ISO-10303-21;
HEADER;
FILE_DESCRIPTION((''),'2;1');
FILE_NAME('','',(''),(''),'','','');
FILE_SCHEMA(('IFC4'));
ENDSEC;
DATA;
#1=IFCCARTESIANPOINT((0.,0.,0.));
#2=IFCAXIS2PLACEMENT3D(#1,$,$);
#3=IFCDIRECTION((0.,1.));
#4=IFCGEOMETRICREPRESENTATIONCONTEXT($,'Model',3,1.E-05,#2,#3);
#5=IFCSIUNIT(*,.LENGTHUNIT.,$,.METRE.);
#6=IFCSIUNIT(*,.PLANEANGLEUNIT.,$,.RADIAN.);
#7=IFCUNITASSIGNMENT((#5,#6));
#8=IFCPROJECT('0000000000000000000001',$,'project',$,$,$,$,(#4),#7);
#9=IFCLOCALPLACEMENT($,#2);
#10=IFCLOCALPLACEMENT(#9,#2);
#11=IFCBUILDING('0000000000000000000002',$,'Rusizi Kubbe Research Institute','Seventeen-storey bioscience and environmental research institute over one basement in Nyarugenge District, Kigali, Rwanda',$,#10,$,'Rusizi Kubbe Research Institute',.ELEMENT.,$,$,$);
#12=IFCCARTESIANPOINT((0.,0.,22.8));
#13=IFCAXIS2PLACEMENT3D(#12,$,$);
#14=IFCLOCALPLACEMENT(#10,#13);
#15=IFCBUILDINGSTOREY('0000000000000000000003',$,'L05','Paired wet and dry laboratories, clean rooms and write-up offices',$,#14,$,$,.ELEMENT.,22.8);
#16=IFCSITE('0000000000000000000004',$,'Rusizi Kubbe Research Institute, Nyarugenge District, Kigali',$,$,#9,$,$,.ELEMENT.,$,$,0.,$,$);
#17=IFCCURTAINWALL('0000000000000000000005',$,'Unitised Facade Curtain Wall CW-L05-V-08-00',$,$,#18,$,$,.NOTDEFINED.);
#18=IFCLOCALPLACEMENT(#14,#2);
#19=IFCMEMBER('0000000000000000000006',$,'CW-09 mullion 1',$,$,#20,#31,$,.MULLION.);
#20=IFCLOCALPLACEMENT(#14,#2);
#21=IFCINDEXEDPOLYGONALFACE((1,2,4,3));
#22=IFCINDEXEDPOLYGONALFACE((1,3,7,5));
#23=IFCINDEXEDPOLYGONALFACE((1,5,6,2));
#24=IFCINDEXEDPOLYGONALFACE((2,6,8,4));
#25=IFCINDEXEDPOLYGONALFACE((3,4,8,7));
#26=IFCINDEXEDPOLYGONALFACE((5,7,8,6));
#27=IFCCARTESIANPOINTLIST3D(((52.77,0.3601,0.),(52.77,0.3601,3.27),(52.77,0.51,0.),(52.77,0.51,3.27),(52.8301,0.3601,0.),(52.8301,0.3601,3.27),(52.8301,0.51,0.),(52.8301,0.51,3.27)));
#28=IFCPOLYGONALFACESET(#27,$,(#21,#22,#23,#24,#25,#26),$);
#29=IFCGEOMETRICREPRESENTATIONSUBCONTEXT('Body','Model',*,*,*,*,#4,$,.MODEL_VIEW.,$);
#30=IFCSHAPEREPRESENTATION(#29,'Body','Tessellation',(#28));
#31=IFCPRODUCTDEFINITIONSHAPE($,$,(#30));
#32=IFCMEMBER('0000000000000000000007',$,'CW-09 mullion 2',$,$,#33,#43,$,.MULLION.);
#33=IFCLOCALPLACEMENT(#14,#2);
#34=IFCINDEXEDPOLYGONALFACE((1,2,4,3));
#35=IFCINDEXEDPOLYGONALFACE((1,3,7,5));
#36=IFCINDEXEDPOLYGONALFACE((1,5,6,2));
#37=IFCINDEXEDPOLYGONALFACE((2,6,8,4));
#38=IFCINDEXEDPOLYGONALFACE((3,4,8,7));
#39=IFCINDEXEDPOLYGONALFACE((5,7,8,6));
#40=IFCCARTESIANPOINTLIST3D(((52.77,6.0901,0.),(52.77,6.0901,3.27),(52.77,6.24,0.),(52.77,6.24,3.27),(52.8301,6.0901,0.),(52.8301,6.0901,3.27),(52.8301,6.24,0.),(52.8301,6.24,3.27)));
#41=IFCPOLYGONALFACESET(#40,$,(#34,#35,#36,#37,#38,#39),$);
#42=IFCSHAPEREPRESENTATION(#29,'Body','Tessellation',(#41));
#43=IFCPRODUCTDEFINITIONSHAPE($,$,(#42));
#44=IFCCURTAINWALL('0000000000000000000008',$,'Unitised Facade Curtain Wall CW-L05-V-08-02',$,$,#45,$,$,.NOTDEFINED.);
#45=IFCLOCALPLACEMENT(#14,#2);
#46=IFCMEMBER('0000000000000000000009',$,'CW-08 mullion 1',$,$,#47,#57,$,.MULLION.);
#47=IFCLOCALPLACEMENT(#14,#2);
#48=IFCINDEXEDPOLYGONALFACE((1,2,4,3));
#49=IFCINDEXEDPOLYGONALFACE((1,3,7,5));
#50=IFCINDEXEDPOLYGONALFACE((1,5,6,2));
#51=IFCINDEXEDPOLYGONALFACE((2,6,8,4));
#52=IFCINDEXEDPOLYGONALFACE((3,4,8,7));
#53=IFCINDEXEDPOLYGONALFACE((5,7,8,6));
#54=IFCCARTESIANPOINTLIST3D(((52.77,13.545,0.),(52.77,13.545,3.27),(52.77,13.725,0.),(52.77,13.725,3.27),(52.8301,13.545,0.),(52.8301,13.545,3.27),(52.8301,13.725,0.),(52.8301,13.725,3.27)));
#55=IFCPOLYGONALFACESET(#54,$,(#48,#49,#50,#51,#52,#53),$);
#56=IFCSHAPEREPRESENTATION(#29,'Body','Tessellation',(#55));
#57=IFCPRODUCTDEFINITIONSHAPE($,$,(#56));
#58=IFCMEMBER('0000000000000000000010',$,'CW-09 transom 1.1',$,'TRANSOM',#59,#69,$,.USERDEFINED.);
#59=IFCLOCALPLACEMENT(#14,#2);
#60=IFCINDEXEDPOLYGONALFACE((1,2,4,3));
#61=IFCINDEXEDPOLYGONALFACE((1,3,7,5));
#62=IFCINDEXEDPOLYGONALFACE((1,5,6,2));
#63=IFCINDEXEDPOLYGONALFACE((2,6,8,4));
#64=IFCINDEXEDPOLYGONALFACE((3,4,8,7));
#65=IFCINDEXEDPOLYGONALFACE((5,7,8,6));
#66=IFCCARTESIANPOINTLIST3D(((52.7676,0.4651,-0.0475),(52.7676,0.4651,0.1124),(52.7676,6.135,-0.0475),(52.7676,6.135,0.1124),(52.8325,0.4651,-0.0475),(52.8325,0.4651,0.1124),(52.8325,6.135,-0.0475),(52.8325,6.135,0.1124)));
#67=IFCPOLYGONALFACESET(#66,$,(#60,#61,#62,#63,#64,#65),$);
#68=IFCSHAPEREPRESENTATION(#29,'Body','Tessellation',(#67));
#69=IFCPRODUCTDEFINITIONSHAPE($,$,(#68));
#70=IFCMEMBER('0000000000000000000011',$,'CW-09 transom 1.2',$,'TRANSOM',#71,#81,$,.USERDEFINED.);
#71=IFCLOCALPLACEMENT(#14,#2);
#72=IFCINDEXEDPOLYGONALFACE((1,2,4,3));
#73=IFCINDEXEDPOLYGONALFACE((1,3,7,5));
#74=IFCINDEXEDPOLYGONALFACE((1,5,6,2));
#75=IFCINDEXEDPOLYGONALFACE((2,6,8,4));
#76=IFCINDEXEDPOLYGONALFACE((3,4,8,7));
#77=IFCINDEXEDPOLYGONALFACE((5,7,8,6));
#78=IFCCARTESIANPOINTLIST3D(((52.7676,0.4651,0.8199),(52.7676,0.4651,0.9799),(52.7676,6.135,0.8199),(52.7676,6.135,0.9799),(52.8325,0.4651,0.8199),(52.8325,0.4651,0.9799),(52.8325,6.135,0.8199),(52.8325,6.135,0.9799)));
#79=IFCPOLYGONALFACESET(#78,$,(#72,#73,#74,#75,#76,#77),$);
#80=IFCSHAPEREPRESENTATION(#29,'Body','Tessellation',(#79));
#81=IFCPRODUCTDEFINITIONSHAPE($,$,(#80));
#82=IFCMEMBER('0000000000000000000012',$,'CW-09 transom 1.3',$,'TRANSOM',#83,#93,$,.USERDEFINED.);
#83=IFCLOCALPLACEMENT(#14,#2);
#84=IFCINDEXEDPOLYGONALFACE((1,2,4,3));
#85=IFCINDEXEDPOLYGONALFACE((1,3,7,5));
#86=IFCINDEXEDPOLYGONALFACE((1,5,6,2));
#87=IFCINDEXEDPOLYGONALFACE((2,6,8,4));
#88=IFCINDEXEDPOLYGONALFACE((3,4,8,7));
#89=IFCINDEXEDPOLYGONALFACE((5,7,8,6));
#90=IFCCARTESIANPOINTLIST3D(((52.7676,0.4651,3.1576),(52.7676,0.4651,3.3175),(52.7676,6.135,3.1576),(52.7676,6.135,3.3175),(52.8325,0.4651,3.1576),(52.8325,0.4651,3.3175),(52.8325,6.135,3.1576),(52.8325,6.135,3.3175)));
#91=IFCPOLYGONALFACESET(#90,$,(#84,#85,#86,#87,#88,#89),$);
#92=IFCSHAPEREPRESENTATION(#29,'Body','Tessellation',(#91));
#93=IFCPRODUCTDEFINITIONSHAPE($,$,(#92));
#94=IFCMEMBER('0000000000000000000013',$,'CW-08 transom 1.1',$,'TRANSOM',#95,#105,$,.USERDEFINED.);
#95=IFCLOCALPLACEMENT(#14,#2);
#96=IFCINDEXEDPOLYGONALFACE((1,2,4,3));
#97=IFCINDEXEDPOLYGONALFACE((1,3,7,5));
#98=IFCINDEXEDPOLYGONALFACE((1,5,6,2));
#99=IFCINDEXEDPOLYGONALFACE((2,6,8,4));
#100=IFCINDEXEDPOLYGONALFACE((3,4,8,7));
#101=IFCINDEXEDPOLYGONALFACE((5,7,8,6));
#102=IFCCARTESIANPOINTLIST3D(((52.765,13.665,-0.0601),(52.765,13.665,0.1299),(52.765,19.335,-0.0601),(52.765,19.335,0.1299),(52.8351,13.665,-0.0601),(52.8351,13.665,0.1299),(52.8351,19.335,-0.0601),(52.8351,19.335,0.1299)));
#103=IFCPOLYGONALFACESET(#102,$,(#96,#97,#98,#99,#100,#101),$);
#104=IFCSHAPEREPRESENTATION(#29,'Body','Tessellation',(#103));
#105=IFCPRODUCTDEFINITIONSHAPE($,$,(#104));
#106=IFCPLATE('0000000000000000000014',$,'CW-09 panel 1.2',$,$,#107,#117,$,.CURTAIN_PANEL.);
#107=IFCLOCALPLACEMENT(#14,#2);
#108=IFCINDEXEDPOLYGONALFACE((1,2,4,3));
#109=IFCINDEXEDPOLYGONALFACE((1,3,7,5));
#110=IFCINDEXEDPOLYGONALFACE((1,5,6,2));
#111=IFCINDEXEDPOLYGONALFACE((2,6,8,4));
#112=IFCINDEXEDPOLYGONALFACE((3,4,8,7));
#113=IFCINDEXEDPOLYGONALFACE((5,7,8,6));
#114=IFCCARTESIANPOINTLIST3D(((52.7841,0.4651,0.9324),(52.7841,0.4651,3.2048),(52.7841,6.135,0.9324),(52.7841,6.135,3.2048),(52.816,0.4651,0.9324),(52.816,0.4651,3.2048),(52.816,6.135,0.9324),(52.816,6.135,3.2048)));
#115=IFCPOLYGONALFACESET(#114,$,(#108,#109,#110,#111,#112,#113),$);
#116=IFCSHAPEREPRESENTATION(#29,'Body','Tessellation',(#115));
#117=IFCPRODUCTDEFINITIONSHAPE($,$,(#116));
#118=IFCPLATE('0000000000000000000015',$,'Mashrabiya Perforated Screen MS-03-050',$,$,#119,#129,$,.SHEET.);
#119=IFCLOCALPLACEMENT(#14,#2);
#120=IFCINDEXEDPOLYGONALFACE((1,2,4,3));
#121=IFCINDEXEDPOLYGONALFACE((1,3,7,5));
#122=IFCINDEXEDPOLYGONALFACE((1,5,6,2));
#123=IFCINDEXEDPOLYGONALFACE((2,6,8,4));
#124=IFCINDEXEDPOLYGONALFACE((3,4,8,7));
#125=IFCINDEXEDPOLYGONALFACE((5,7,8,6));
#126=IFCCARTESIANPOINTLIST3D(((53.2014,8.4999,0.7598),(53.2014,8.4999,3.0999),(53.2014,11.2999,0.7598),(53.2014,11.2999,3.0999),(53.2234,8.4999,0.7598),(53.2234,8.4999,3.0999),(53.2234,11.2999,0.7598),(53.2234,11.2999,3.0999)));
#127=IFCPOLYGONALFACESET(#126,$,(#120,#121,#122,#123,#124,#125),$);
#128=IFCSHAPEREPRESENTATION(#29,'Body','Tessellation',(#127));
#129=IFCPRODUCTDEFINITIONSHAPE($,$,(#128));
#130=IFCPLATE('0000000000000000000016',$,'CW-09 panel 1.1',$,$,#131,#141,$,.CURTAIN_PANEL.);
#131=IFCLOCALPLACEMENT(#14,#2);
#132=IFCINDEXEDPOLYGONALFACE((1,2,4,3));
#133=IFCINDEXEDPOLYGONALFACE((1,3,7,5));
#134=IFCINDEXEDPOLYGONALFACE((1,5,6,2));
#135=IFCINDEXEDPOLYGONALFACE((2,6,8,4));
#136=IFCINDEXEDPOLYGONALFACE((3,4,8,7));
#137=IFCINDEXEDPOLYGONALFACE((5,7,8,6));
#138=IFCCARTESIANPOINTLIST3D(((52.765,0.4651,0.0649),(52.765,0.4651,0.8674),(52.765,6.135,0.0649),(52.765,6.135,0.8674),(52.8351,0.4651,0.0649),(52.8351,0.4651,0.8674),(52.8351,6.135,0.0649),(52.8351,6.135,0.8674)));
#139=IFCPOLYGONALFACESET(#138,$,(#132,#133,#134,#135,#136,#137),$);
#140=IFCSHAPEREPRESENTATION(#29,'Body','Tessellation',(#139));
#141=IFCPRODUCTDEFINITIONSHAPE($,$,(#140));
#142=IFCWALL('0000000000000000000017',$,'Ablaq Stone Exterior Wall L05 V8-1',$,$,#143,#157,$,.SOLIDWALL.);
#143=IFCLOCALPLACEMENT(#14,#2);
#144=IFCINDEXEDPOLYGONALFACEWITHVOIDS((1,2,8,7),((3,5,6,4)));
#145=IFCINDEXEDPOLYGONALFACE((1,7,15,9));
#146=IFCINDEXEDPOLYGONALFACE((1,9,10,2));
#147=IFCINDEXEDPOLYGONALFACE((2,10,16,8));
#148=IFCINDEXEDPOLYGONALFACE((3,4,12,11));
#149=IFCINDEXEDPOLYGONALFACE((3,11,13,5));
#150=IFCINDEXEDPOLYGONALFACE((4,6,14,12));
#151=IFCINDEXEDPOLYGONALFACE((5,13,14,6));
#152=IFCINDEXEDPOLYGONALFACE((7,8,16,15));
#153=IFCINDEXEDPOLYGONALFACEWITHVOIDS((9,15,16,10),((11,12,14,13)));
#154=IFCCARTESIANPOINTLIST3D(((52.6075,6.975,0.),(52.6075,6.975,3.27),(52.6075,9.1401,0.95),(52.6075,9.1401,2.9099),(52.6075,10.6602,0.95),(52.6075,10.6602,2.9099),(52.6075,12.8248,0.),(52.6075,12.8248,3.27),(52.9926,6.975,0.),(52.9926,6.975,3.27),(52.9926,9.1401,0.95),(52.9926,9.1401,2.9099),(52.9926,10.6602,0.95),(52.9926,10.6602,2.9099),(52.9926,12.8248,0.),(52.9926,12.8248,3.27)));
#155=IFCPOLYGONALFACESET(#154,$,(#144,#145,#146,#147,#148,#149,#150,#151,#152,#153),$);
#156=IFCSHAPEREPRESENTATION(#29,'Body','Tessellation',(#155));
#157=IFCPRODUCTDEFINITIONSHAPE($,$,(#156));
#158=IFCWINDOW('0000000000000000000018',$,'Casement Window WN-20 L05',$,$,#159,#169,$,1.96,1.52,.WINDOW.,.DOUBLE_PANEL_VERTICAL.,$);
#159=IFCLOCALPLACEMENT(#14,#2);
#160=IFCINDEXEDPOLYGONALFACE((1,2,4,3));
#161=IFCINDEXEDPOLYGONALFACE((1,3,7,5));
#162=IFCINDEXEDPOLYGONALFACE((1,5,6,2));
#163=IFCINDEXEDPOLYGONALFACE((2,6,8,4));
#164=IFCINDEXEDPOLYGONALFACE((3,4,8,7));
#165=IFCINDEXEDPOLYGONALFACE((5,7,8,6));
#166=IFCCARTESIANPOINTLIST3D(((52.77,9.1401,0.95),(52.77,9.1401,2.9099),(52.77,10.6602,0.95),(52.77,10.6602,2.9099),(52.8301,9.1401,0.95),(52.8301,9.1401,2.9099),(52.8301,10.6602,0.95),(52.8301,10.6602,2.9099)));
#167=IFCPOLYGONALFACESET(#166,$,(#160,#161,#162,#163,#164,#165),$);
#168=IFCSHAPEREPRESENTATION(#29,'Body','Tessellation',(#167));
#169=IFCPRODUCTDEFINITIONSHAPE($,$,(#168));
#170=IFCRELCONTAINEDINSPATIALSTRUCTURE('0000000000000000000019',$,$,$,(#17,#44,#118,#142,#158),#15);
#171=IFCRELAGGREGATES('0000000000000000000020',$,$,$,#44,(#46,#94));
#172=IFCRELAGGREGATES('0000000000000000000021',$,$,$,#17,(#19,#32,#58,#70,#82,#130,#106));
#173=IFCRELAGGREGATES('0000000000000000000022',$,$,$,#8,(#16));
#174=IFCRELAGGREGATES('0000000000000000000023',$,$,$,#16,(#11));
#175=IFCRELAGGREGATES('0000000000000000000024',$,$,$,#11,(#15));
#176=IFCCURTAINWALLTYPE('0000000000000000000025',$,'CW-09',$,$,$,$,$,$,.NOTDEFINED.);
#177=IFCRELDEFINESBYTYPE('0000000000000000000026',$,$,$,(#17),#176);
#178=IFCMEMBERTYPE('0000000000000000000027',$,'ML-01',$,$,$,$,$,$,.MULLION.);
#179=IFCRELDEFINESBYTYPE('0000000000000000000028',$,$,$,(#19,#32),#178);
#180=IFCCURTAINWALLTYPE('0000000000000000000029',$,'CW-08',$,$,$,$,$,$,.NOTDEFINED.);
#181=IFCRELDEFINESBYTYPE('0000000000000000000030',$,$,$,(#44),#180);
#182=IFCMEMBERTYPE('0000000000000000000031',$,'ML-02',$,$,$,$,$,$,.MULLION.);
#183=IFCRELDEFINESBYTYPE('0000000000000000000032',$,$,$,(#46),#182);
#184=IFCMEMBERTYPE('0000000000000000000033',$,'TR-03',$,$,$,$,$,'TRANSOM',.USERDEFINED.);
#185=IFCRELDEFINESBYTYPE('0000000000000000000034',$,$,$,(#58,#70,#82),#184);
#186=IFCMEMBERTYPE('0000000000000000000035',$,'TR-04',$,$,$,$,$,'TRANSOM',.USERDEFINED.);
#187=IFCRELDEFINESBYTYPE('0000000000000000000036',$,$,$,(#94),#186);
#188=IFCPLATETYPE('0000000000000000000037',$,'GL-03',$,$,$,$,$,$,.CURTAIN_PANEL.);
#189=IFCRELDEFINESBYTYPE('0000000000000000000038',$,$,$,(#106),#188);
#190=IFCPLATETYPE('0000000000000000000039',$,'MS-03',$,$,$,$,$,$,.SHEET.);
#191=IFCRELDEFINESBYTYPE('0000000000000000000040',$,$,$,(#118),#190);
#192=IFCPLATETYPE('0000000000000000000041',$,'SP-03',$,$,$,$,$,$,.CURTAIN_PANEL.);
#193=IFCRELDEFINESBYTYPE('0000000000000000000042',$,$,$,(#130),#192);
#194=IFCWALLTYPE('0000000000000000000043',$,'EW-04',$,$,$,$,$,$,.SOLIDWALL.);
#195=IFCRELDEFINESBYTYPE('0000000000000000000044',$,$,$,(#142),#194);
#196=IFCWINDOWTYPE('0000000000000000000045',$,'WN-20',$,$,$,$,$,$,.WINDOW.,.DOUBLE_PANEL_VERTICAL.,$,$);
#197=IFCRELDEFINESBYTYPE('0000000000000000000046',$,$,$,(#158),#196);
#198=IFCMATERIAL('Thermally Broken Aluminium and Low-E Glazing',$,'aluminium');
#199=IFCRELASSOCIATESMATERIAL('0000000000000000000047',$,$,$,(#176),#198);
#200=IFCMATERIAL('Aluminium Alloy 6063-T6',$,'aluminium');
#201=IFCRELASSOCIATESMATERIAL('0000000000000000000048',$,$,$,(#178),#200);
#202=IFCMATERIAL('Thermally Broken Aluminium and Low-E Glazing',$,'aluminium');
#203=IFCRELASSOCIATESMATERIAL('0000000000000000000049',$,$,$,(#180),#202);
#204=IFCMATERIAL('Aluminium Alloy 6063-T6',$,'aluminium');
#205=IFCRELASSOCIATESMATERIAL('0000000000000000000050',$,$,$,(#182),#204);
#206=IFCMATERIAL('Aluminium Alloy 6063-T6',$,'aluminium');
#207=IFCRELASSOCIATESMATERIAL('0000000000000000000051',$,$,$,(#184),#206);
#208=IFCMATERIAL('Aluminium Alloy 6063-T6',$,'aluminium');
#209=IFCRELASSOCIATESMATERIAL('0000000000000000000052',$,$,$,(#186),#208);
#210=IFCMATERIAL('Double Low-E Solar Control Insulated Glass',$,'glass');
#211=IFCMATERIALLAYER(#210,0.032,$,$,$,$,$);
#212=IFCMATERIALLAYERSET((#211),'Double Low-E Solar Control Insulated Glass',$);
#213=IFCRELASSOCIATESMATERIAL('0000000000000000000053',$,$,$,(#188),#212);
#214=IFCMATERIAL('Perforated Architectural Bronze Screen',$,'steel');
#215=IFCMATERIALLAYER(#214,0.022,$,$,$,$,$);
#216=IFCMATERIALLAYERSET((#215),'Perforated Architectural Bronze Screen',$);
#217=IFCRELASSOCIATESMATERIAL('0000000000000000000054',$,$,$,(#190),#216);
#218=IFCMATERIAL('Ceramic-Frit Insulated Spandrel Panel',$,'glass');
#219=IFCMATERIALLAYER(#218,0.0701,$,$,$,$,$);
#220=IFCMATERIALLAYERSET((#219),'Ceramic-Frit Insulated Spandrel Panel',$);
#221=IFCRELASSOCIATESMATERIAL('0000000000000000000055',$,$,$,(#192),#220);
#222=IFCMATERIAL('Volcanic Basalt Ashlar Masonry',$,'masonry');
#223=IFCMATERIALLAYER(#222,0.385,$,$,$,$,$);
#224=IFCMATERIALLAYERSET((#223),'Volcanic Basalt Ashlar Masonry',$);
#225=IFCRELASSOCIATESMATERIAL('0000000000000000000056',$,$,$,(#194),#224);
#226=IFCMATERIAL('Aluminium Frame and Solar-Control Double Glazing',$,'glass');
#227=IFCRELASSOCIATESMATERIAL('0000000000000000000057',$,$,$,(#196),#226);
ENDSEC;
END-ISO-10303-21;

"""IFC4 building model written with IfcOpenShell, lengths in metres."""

from ifc_helpers import new_model, si_unit, direction, frame, frame_2d, origin, origin_2d, place, context, subcontext, project, spatial, rectangle, extrude, material, layer, layer_set, material_profile, profile_set, type_object, element, fill, aggregate, save


model = new_model("IFC4")

# Units and contexts
model_context = context("Model", 3, precision=1e-05, world=origin(), true_north=direction((0.0, 1.0)))
body_context = subcontext(model_context, "Body", "Model", "MODEL_VIEW")
ifc_project = project(units=[si_unit("LENGTHUNIT", "METRE"), si_unit("PLANEANGLEUNIT", "RADIAN")], contexts=[model_context])

# Site, building, storey
site_placement = place(None, origin())
site = spatial("IfcSite", under=ifc_project, at=site_placement, Name="Rusizi Kubbe Research Institute, Nyarugenge District, Kigali", CompositionType="ELEMENT", RefElevation=0.0)
building_placement = place(site_placement, origin())
building = spatial("IfcBuilding", under=site, at=building_placement, Name="Rusizi Kubbe Research Institute", Description="Seventeen-storey bioscience and environmental research institute over one basement in Nyarugenge District, Kigali, Rwanda", LongName="Rusizi Kubbe Research Institute", CompositionType="ELEMENT")
storey_placement = place(building_placement, frame((0.0, 0.0, 22.8)))
storey = spatial("IfcBuildingStorey", under=building, at=storey_placement, Name="L05", Description="Paired wet and dry laboratories, clean rooms and write-up offices", CompositionType="ELEMENT", Elevation=22.8)

# Curtain wall, members
ifc_material_1 = material(Name="Thermally Broken Aluminium and Low-E Glazing", Category="aluminium")
curtain_wall_type_1 = type_object("IfcCurtainWallType", Name="CW-09", PredefinedType="NOTDEFINED", material=ifc_material_1)
curtain_wall_1_placement = place(storey_placement, origin())
curtain_wall_1 = element("IfcCurtainWall", 1, at=curtain_wall_1_placement, inside=storey, type_object=curtain_wall_type_1, Name="Unitised Facade Curtain Wall CW-L05-V-08-00", PredefinedType="NOTDEFINED")
ifc_material_2 = material(Name="Aluminium Alloy 6063-T6", Category="aluminium")
ifc_material_profile_1 = material_profile(ifc_material_2, rectangle(XDim=0.0601, YDim=0.1499, at=origin_2d()), Name="ALU-M 60x150")
ifc_profile_set_1 = profile_set([ifc_material_profile_1], Name="Aluminium Alloy 6063-T6")
member_type_1 = type_object("IfcMemberType", Name="ML-01", PredefinedType="MULLION", material=ifc_profile_set_1)
member_1_placement = place(storey_placement, frame((52.8, 0.4351, 0.0), z_axis=(0.0, 0.0, 1.0), x_axis=(-1.0, 0.0, 0.0)))
member_1 = element("IfcMember", 2, at=member_1_placement, type_object=member_type_1, Name="CW-09 mullion 1", PredefinedType="MULLION", context=body_context, shape_type="SweptSolid", body=[
    extrude(rectangle(XDim=0.0601, YDim=0.1499, at=origin_2d()), origin(), (0.0, 0.0, 1.0), 3.27),
])
member_2_placement = place(storey_placement, frame((52.8, 6.165, 0.0), z_axis=(0.0, 0.0, 1.0), x_axis=(-1.0, 0.0, 0.0)))
member_2 = element("IfcMember", 3, at=member_2_placement, type_object=member_type_1, Name="CW-09 mullion 2", PredefinedType="MULLION", context=body_context, shape_type="SweptSolid", body=[
    extrude(rectangle(XDim=0.0601, YDim=0.1499, at=origin_2d()), origin(), (0.0, 0.0, 1.0), 3.27),
])

# Curtain wall, member
ifc_material_3 = material(Name="Thermally Broken Aluminium and Low-E Glazing", Category="aluminium")
curtain_wall_type_2 = type_object("IfcCurtainWallType", Name="CW-08", PredefinedType="NOTDEFINED", material=ifc_material_3)
curtain_wall_2_placement = place(storey_placement, origin())
curtain_wall_2 = element("IfcCurtainWall", 4, at=curtain_wall_2_placement, inside=storey, type_object=curtain_wall_type_2, Name="Unitised Facade Curtain Wall CW-L05-V-08-02", PredefinedType="NOTDEFINED")
ifc_material_4 = material(Name="Aluminium Alloy 6063-T6", Category="aluminium")
ifc_material_profile_2 = material_profile(ifc_material_4, rectangle(XDim=0.0601, YDim=0.1799, at=origin_2d()), Name="ALU-M 60x180")
ifc_profile_set_2 = profile_set([ifc_material_profile_2], Name="Aluminium Alloy 6063-T6")
member_type_2 = type_object("IfcMemberType", Name="ML-02", PredefinedType="MULLION", material=ifc_profile_set_2)
member_3_placement = place(storey_placement, frame((52.8, 13.635, 0.0), z_axis=(0.0, 0.0, 1.0), x_axis=(-1.0, 0.0, 0.0)))
member_3 = element("IfcMember", 5, at=member_3_placement, type_object=member_type_2, Name="CW-08 mullion 1", PredefinedType="MULLION", context=body_context, shape_type="SweptSolid", body=[
    extrude(rectangle(XDim=0.0601, YDim=0.1799, at=origin_2d()), origin(), (0.0, 0.0, 1.0), 3.27),
])

# Members
ifc_material_5 = material(Name="Aluminium Alloy 6063-T6", Category="aluminium")
ifc_material_profile_3 = material_profile(ifc_material_5, rectangle(XDim=0.0649, YDim=0.1599, at=origin_2d()), Name="ALU-T 65x160")
ifc_profile_set_3 = profile_set([ifc_material_profile_3], Name="Aluminium Alloy 6063-T6")
member_type_3 = type_object("IfcMemberType", Name="TR-03", ElementType="TRANSOM", PredefinedType="USERDEFINED", material=ifc_profile_set_3)
member_4_placement = place(storey_placement, frame((52.8, 0.4651, 0.0325), z_axis=(0.0, 1.0, 0.0), x_axis=(-1.0, 0.0, 0.0)))
member_4 = element("IfcMember", 6, at=member_4_placement, type_object=member_type_3, Name="CW-09 transom 1.1", ObjectType="TRANSOM", PredefinedType="USERDEFINED", context=body_context, shape_type="SweptSolid", body=[
    extrude(rectangle(XDim=0.0649, YDim=0.1599, at=origin_2d()), origin(), (0.0, 0.0, 1.0), 5.6699),
])
member_5_placement = place(storey_placement, frame((52.8, 0.4651, 0.8999), z_axis=(0.0, 1.0, 0.0), x_axis=(-1.0, 0.0, 0.0)))
member_5 = element("IfcMember", 7, at=member_5_placement, type_object=member_type_3, Name="CW-09 transom 1.2", ObjectType="TRANSOM", PredefinedType="USERDEFINED", context=body_context, shape_type="SweptSolid", body=[
    extrude(rectangle(XDim=0.0649, YDim=0.1599, at=origin_2d()), origin(), (0.0, 0.0, 1.0), 5.6699),
])
member_6_placement = place(storey_placement, frame((52.8, 0.4651, 3.2375), z_axis=(0.0, 1.0, 0.0), x_axis=(-1.0, 0.0, 0.0)))
member_6 = element("IfcMember", 8, at=member_6_placement, type_object=member_type_3, Name="CW-09 transom 1.3", ObjectType="TRANSOM", PredefinedType="USERDEFINED", context=body_context, shape_type="SweptSolid", body=[
    extrude(rectangle(XDim=0.0649, YDim=0.1599, at=origin_2d()), origin(), (0.0, 0.0, 1.0), 5.6699),
])
ifc_material_6 = material(Name="Aluminium Alloy 6063-T6", Category="aluminium")
ifc_material_profile_4 = material_profile(ifc_material_6, rectangle(XDim=0.0701, YDim=0.1899, at=origin_2d()), Name="ALU-T 70x190")
ifc_profile_set_4 = profile_set([ifc_material_profile_4], Name="Aluminium Alloy 6063-T6")
member_type_4 = type_object("IfcMemberType", Name="TR-04", ElementType="TRANSOM", PredefinedType="USERDEFINED", material=ifc_profile_set_4)
member_7_placement = place(storey_placement, frame((52.8, 13.665, 0.0349), z_axis=(0.0, 1.0, 0.0), x_axis=(-1.0, 0.0, 0.0)))
member_7 = element("IfcMember", 9, at=member_7_placement, type_object=member_type_4, Name="CW-08 transom 1.1", ObjectType="TRANSOM", PredefinedType="USERDEFINED", context=body_context, shape_type="SweptSolid", body=[
    extrude(rectangle(XDim=0.0701, YDim=0.1899, at=origin_2d()), origin(), (0.0, 0.0, 1.0), 5.6699),
])
aggregate(curtain_wall_2, [member_3, member_7])

# Plates
ifc_material_7 = material(Name="Double Low-E Solar Control Insulated Glass", Category="glass")
ifc_layer_1 = layer(ifc_material_7, 0.032)
ifc_layer_set_1 = layer_set([ifc_layer_1], Name="Double Low-E Solar Control Insulated Glass")
plate_type_1 = type_object("IfcPlateType", Name="GL-03", PredefinedType="CURTAIN_PANEL", material=ifc_layer_set_1)
plate_1_placement = place(storey_placement, frame((52.8, 3.3, 0.9324), z_axis=(0.0, 0.0, 1.0), x_axis=(0.0, 1.0, 0.0)))
plate_1 = element("IfcPlate", 10, at=plate_1_placement, type_object=plate_type_1, Name="CW-09 panel 1.2", PredefinedType="CURTAIN_PANEL", context=body_context, shape_type="SweptSolid", body=[
    extrude(rectangle(XDim=5.6699, YDim=0.032, at=origin_2d()), origin(), (0.0, 0.0, 1.0), 2.2725),
])
ifc_material_8 = material(Name="Perforated Architectural Bronze Screen", Category="steel")
ifc_layer_2 = layer(ifc_material_8, 0.022)
ifc_layer_set_2 = layer_set([ifc_layer_2], Name="Perforated Architectural Bronze Screen")
plate_type_2 = type_object("IfcPlateType", Name="MS-03", PredefinedType="SHEET", material=ifc_layer_set_2)
plate_2_placement = place(storey_placement, frame((53.2124, 9.8999, 0.7598), z_axis=(0.0, 0.0, 1.0), x_axis=(0.0, 1.0, 0.0)))
element("IfcPlate", 11, at=plate_2_placement, inside=storey, type_object=plate_type_2, Name="Mashrabiya Perforated Screen MS-03-050", PredefinedType="SHEET", context=body_context, shape_type="SweptSolid", body=[
    extrude(rectangle(XDim=2.8, YDim=0.022, at=origin_2d()), origin(), (0.0, 0.0, 1.0), 2.3401),
])
ifc_material_9 = material(Name="Ceramic-Frit Insulated Spandrel Panel", Category="glass")
ifc_layer_3 = layer(ifc_material_9, 0.0701)
ifc_layer_set_3 = layer_set([ifc_layer_3], Name="Ceramic-Frit Insulated Spandrel Panel")
plate_type_3 = type_object("IfcPlateType", Name="SP-03", PredefinedType="CURTAIN_PANEL", material=ifc_layer_set_3)
plate_3_placement = place(storey_placement, frame((52.8, 3.3, 0.0649), z_axis=(0.0, 0.0, 1.0), x_axis=(0.0, 1.0, 0.0)))
plate_3 = element("IfcPlate", 12, at=plate_3_placement, type_object=plate_type_3, Name="CW-09 panel 1.1", PredefinedType="CURTAIN_PANEL", context=body_context, shape_type="SweptSolid", body=[
    extrude(rectangle(XDim=5.6699, YDim=0.0701, at=origin_2d()), origin(), (0.0, 0.0, 1.0), 0.8025),
])
aggregate(curtain_wall_1, [member_1, member_2, member_4, member_5, member_6, plate_3, plate_1])

# Wall, opening, window
ifc_material_10 = material(Name="Volcanic Basalt Ashlar Masonry", Category="masonry")
ifc_layer_4 = layer(ifc_material_10, 0.385)
ifc_layer_set_4 = layer_set([ifc_layer_4], Name="Volcanic Basalt Ashlar Masonry")
wall_type_1 = type_object("IfcWallType", Name="EW-04", PredefinedType="SOLIDWALL", material=ifc_layer_set_4)
wall_1_placement = place(storey_placement, frame((52.8, 6.9751, 0.0), z_axis=(0.0, 0.0, 1.0), x_axis=(0.0, 1.0, 0.0)))
wall_1 = element("IfcWall", 13, at=wall_1_placement, inside=storey, type_object=wall_type_1, Name="Ablaq Stone Exterior Wall L05 V8-1", PredefinedType="SOLIDWALL", context=body_context, shape_type="SweptSolid", body=[
    extrude(rectangle(XDim=5.8499, YDim=0.385, at=frame_2d((2.9248, 0.0))), origin(), (0.0, 0.0, 1.0), 3.27),
])
opening_1_placement = place(wall_1_placement, frame((2.165, 0.0, 0.95)))
opening_1 = element("IfcOpeningElement", 14, at=opening_1_placement, cuts=wall_1, PredefinedType="OPENING", context=body_context, shape_type="SweptSolid", body=[
    extrude(rectangle(XDim=1.52, YDim=1.96, at=frame_2d((0.76, 0.98))), frame((0.0, 0.2024, 0.0), z_axis=(0.0, -1.0, 0.0), x_axis=(1.0, 0.0, 0.0)), (0.0, 0.0, 1.0), 0.405),
])
ifc_material_11 = material(Name="Aluminium Frame and Solar-Control Double Glazing", Category="glass")
window_type = type_object("IfcWindowType", Name="WN-20", PartitioningType="DOUBLE_PANEL_VERTICAL", PredefinedType="WINDOW", material=ifc_material_11)
window_placement = place(opening_1_placement, origin())
window = element("IfcWindow", 15, at=window_placement, inside=storey, type_object=window_type, Name="Casement Window WN-20 L05", OverallHeight=1.96, OverallWidth=1.52, PartitioningType="DOUBLE_PANEL_VERTICAL", PredefinedType="WINDOW", context=body_context, shape_type="SweptSolid", body=[
    extrude(rectangle(XDim=1.52, YDim=1.96, at=frame_2d((0.76, 0.98))), frame((0.0, 0.03, 0.0), z_axis=(0.0, -1.0, 0.0), x_axis=(1.0, 0.0, 0.0)), (0.0, 0.0, 1.0), 0.0601),
])
fill(opening_1, window)

save(model, "model.ifc")
